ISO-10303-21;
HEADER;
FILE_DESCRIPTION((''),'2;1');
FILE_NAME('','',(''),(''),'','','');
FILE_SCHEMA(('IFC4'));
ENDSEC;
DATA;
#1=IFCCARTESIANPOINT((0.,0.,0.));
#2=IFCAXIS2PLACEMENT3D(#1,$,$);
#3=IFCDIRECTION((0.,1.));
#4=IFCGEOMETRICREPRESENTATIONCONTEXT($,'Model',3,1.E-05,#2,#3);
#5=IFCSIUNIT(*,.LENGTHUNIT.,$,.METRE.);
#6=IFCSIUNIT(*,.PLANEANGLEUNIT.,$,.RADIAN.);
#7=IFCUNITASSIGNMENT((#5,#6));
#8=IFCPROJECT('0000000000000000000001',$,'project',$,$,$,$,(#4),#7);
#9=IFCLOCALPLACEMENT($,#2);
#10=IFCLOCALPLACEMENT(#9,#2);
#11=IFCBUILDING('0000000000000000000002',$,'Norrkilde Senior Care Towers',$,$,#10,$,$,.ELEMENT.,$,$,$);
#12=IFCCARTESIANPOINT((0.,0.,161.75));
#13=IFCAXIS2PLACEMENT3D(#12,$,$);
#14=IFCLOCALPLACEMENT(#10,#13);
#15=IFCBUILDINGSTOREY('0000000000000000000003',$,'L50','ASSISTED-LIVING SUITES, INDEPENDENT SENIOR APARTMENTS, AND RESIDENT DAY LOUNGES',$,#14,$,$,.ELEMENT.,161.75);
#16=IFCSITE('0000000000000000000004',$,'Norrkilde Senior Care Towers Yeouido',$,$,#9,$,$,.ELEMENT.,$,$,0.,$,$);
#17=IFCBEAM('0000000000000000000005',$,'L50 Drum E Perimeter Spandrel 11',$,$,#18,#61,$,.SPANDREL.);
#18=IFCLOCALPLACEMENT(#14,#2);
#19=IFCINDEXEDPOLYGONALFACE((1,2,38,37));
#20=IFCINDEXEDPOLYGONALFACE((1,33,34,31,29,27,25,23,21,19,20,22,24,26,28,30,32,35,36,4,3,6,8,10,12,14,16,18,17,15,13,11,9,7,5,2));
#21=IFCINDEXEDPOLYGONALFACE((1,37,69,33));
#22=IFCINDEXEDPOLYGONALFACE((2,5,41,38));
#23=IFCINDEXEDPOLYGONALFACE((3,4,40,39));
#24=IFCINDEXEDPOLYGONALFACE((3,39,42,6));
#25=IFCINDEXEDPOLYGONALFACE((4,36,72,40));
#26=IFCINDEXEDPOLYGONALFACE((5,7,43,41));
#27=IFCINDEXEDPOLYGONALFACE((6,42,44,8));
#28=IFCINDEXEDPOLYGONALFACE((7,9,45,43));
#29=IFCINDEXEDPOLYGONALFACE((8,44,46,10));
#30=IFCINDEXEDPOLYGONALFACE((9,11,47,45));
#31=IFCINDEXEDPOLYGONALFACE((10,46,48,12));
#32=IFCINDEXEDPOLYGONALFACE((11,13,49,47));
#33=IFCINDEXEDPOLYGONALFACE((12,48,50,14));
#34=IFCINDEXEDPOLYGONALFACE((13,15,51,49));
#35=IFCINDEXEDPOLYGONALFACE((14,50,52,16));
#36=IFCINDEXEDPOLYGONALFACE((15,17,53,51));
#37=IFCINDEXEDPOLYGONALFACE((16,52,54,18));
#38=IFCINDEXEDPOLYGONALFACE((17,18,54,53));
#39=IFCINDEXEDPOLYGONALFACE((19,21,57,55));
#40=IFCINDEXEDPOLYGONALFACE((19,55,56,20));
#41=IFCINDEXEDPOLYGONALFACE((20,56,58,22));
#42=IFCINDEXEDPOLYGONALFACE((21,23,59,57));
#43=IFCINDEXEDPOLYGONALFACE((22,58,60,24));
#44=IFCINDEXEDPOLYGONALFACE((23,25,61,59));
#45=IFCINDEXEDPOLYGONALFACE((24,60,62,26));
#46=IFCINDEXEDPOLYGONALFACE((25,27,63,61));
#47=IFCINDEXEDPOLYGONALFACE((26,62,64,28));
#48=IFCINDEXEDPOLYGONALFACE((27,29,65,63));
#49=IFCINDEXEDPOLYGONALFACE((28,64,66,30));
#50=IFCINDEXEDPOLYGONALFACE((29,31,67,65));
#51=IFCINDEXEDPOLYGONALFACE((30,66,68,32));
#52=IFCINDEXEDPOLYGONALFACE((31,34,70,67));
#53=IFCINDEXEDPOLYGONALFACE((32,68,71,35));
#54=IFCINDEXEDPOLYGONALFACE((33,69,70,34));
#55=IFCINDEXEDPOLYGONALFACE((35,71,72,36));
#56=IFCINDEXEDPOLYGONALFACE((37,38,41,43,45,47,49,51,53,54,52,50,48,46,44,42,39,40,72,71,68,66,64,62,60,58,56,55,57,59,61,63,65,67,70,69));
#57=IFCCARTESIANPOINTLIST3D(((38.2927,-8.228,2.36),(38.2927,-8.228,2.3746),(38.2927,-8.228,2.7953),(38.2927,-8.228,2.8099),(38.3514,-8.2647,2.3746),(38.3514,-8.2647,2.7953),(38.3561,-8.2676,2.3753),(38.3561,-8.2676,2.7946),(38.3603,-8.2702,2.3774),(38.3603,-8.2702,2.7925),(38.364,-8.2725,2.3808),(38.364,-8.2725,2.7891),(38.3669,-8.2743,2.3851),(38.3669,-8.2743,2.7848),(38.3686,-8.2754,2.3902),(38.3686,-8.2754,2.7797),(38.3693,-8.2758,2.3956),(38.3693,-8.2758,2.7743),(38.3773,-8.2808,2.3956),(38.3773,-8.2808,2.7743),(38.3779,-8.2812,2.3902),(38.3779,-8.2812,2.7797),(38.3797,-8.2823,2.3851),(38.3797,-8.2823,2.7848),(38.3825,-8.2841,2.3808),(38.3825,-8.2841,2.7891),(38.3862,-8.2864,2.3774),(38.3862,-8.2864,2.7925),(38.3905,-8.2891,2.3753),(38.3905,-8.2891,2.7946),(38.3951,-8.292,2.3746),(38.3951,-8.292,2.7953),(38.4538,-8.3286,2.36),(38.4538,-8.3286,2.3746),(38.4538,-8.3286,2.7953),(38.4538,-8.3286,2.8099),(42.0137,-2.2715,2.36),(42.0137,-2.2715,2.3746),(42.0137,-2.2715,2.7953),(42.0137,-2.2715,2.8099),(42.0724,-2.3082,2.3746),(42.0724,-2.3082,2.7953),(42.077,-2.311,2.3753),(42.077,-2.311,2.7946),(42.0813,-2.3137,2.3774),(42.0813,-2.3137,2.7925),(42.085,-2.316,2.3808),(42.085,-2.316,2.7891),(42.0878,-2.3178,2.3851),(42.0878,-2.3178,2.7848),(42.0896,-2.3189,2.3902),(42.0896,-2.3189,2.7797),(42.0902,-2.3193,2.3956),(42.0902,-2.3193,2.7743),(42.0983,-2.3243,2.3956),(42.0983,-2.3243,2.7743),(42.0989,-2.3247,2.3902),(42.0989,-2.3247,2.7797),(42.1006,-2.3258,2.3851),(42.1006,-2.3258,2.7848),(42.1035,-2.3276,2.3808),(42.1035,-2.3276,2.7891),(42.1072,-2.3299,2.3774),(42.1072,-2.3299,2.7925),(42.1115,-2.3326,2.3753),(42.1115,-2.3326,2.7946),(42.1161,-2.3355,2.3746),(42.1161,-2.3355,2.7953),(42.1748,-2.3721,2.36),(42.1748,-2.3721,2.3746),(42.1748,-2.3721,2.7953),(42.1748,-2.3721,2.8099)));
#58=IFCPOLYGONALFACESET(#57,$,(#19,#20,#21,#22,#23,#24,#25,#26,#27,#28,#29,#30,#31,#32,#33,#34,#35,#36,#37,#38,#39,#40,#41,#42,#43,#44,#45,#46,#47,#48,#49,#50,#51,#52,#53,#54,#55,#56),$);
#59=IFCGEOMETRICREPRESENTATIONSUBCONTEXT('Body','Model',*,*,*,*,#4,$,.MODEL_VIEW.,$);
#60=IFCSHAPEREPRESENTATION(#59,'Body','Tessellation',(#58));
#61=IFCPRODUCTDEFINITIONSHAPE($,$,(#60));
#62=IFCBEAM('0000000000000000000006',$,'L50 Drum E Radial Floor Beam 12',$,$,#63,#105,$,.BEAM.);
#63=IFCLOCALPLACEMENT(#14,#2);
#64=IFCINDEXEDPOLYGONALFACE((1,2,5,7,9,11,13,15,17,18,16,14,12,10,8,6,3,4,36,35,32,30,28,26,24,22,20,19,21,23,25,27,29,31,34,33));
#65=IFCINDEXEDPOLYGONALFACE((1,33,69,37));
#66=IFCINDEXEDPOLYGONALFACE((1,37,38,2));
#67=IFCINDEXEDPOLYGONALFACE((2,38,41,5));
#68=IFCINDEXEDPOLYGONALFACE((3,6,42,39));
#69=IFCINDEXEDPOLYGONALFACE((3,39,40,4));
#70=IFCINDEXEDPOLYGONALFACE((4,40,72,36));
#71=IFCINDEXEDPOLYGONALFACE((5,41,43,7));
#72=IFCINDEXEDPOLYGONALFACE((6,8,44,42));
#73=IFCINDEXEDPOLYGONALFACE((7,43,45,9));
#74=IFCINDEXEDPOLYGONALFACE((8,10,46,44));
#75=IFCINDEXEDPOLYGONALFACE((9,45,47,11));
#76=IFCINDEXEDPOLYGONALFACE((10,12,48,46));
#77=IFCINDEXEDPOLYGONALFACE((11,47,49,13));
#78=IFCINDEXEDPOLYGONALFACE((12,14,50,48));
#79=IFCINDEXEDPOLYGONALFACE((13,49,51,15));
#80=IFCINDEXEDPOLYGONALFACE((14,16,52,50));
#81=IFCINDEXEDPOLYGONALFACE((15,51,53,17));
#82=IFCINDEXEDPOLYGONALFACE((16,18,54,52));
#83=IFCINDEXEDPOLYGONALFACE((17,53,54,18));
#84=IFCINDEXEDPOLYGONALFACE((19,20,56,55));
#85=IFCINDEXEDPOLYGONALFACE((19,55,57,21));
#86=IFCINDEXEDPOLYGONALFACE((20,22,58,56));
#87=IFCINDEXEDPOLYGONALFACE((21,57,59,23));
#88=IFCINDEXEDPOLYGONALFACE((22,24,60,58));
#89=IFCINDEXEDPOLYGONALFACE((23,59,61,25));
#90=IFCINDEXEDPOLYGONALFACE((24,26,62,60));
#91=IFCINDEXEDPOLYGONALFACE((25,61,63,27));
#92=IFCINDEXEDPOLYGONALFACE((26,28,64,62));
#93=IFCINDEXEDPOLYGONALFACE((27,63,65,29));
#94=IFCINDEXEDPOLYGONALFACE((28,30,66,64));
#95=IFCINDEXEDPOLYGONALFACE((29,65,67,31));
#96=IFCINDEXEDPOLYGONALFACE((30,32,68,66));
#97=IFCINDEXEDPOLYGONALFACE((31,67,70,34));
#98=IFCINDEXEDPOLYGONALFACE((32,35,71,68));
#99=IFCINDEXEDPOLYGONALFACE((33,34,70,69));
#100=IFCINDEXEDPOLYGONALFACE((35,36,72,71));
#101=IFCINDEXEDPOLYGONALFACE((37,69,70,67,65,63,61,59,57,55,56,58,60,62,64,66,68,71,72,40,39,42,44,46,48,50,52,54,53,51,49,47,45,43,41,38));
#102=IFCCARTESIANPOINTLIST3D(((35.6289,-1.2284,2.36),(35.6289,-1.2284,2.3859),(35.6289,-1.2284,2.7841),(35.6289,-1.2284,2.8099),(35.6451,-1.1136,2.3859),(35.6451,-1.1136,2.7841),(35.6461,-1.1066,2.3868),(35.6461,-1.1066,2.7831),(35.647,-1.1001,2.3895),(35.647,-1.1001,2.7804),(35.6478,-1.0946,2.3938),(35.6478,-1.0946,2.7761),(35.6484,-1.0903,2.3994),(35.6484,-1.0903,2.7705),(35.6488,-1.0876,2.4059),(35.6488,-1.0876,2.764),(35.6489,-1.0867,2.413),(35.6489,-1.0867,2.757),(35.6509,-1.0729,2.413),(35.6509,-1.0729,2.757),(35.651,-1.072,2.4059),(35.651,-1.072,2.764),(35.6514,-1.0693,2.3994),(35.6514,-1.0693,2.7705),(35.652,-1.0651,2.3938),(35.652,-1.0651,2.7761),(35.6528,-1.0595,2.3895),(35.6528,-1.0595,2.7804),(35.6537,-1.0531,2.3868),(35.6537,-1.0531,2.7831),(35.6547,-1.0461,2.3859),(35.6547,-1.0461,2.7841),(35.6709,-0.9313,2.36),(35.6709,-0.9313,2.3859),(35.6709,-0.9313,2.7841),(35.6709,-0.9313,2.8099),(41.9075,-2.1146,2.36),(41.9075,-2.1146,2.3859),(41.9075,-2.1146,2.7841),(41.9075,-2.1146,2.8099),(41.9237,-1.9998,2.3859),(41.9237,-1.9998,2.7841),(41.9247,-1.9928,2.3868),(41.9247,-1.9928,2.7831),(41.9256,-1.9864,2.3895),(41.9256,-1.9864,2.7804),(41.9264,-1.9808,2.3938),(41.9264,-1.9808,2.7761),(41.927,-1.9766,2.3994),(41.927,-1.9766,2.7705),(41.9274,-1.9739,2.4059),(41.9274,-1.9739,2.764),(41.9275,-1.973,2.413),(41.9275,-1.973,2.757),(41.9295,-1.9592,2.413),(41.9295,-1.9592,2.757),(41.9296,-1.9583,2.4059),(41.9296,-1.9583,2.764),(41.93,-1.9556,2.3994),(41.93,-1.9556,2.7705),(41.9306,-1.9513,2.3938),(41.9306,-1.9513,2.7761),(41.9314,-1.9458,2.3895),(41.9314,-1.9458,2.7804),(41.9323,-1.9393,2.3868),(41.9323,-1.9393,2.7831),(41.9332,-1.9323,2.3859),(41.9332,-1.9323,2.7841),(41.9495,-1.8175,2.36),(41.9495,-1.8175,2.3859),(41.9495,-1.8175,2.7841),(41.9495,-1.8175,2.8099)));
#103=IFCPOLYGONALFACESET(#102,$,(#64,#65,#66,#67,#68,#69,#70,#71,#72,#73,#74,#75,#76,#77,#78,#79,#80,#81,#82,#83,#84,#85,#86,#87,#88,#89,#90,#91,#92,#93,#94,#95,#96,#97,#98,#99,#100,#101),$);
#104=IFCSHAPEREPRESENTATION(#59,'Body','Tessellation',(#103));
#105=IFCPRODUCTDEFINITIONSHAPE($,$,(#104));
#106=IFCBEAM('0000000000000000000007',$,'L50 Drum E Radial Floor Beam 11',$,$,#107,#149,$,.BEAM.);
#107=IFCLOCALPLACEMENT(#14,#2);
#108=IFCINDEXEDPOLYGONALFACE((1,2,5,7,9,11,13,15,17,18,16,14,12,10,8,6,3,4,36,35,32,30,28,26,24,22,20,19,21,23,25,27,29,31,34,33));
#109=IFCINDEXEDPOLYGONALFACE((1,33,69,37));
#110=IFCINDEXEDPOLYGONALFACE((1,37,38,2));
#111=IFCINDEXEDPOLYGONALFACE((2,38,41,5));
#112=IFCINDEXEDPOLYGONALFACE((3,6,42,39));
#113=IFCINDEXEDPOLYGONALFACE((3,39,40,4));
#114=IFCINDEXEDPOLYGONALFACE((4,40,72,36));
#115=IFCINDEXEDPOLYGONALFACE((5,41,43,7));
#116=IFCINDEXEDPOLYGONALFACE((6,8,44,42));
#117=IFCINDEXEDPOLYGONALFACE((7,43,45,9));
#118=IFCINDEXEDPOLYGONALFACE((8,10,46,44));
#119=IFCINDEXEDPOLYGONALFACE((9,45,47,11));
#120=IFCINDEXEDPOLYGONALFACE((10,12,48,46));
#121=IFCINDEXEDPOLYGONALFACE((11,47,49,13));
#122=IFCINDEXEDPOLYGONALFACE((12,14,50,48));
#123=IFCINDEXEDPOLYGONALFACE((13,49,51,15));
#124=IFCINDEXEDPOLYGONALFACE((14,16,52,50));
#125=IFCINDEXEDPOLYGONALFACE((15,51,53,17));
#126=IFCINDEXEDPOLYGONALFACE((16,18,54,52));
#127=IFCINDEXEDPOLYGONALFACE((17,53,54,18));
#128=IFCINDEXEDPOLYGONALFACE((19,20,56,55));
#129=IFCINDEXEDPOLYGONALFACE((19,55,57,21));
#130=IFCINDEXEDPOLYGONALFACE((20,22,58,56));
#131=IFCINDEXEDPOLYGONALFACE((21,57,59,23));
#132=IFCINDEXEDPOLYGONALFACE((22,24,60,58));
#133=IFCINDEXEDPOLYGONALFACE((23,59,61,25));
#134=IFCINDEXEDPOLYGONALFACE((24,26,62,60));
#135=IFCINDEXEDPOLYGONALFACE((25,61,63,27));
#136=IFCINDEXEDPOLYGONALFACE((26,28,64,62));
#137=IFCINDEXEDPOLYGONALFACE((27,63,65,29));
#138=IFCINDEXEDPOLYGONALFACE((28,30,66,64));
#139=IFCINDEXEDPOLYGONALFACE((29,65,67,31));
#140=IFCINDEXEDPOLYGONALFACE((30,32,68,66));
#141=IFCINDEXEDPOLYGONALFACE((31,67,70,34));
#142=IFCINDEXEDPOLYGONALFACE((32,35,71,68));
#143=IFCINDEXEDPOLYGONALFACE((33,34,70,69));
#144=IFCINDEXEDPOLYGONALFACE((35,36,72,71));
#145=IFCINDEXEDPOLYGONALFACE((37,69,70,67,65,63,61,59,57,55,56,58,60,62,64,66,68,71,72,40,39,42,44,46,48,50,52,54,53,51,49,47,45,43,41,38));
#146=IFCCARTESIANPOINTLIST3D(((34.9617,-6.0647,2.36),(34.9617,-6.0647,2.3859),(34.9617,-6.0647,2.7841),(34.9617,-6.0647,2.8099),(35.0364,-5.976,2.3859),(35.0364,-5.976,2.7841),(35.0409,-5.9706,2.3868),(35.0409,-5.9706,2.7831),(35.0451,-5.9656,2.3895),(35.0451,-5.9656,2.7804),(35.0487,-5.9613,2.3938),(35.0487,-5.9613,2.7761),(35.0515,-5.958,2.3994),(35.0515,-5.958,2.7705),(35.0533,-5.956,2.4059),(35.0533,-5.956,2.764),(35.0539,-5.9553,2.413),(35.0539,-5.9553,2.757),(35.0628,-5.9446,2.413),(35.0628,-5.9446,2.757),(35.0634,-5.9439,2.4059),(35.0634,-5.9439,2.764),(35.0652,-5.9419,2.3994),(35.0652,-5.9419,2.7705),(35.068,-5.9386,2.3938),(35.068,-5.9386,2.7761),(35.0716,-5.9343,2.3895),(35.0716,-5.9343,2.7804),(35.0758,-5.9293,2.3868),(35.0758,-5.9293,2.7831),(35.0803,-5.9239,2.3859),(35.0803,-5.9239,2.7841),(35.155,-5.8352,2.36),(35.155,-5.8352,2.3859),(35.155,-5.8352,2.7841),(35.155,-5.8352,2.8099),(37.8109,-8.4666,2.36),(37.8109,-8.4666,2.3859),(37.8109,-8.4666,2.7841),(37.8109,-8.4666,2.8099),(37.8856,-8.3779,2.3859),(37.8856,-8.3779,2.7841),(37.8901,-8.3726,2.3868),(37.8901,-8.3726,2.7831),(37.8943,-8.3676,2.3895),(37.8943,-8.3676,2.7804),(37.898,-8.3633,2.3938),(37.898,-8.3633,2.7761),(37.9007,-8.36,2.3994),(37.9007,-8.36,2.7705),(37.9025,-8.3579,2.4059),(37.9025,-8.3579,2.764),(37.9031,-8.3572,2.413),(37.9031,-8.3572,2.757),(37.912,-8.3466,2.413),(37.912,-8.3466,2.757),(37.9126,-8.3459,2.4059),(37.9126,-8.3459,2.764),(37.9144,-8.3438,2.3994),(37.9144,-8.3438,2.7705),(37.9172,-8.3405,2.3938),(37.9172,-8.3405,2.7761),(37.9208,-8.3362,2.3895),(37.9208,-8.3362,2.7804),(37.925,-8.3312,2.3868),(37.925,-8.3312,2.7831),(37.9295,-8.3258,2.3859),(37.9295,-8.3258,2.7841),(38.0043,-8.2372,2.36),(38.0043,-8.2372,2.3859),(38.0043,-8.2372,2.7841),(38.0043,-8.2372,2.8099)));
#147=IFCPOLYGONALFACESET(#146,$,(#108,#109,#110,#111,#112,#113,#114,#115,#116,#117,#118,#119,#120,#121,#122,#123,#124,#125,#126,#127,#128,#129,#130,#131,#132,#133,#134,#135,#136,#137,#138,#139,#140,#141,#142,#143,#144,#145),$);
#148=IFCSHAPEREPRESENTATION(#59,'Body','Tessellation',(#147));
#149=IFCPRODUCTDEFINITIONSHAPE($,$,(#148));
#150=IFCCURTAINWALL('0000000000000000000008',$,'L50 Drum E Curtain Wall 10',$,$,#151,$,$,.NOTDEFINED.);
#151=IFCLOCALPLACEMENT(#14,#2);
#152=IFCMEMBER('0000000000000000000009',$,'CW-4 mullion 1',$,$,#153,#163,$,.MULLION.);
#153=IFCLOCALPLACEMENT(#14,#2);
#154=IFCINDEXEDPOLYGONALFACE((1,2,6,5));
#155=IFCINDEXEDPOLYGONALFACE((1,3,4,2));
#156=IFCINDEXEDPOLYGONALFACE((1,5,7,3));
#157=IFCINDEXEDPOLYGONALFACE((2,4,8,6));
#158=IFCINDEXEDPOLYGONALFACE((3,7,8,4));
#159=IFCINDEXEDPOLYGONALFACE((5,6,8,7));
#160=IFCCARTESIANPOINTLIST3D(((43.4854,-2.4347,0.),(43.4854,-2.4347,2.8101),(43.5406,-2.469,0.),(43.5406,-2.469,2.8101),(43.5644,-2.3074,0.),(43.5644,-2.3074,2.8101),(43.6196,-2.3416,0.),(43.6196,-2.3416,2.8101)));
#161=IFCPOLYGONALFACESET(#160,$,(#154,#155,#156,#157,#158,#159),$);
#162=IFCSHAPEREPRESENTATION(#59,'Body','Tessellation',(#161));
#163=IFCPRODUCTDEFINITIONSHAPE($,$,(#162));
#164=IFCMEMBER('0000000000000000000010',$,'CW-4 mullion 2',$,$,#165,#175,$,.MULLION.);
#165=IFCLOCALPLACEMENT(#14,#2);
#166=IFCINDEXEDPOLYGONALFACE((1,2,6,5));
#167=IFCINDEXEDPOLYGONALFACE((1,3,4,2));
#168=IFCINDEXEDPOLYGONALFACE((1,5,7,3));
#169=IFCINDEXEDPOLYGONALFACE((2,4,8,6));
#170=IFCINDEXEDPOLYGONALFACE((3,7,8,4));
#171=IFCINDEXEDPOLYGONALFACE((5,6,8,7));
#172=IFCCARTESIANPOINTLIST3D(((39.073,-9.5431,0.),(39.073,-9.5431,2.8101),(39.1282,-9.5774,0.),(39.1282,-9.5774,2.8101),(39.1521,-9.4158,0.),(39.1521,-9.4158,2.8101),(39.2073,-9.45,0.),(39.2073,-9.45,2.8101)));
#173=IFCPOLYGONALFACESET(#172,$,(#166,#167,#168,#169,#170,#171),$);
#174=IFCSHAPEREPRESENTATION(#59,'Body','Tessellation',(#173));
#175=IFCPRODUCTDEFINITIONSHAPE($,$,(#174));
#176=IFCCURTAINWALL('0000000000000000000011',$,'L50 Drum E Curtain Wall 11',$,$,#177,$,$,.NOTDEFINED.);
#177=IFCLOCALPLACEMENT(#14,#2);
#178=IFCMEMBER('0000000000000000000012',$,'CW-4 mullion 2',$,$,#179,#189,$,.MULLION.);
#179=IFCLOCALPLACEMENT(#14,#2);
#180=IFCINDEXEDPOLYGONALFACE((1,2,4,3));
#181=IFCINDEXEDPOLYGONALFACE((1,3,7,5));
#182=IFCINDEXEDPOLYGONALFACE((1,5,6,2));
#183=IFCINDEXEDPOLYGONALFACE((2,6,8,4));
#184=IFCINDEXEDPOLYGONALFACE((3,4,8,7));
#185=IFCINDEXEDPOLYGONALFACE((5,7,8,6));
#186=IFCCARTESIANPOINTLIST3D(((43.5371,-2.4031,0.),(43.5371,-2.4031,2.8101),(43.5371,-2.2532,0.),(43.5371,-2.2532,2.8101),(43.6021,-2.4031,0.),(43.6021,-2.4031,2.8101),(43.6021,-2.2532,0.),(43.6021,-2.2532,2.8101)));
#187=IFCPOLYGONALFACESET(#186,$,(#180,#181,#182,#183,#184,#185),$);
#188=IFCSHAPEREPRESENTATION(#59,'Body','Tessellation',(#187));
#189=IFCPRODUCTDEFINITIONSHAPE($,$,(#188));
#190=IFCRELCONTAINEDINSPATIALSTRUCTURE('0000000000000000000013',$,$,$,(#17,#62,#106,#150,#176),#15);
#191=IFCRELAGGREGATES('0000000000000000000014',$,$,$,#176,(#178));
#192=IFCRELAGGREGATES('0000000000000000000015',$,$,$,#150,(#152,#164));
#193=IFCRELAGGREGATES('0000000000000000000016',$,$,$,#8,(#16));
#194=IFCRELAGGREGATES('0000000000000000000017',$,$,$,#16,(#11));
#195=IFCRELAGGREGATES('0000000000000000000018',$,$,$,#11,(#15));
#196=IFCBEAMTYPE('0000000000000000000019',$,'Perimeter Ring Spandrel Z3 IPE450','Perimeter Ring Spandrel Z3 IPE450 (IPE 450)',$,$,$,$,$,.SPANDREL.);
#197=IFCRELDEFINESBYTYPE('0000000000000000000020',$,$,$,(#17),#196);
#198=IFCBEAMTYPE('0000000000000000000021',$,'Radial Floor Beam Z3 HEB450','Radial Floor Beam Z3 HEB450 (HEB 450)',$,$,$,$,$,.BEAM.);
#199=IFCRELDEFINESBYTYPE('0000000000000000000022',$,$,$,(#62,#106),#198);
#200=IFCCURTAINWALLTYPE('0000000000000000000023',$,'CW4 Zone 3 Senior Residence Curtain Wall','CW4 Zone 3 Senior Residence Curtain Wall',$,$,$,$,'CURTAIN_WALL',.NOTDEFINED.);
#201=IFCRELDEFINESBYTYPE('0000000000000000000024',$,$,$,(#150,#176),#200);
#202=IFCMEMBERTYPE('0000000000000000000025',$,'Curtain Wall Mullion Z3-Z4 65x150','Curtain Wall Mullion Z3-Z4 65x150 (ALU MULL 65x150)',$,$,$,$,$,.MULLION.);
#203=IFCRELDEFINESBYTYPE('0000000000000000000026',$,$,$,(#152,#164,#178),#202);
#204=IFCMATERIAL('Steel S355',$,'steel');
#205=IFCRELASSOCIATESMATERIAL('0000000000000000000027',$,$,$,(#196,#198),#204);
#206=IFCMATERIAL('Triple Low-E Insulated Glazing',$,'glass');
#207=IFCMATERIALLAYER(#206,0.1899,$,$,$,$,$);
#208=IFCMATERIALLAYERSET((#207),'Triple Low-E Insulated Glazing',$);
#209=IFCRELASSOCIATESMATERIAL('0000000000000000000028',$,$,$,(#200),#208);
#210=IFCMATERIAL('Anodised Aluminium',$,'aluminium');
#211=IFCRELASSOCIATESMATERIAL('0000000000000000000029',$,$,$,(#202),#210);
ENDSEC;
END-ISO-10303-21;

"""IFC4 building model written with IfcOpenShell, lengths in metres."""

from ifc_helpers import new_model, si_unit, direction, frame, origin, origin_2d, place, context, subcontext, project, spatial, rectangle, i_section, extrude, source, transform, mapped, material, layer, layer_set, material_profile, profile_set, type_object, type_shapes, element, aggregate, save


model = new_model("IFC4")

# Units and contexts
model_context = context("Model", 3, precision=1e-05, world=origin(), true_north=direction((0.0, 1.0)))
body_context = subcontext(model_context, "Body", "Model", "MODEL_VIEW")
ifc_project = project(units=[si_unit("LENGTHUNIT", "METRE"), si_unit("PLANEANGLEUNIT", "RADIAN")], contexts=[model_context])

# Site, building, storey
site_placement = place(None, origin())
site = spatial("IfcSite", under=ifc_project, at=site_placement, Name="Norrkilde Senior Care Towers Yeouido", CompositionType="ELEMENT", RefElevation=0.0)
building_placement = place(site_placement, origin())
building = spatial("IfcBuilding", under=site, at=building_placement, Name="Norrkilde Senior Care Towers", CompositionType="ELEMENT")
storey_placement = place(building_placement, frame((0.0, 0.0, 161.75)))
storey = spatial("IfcBuildingStorey", under=building, at=storey_placement, Name="L50", Description="ASSISTED-LIVING SUITES, INDEPENDENT SENIOR APARTMENTS, AND RESIDENT DAY LOUNGES", CompositionType="ELEMENT", Elevation=161.75)

# Beams
ifc_material_1 = material(Name="Steel S355", Category="steel")
ifc_material_profile_1 = material_profile(ifc_material_1, i_section(OverallWidth=0.1899, OverallDepth=0.45, WebThickness=0.0095, FlangeThickness=0.0146, FilletRadius=0.021, at=origin_2d()), Name="IPE 450")
ifc_profile_set_1 = profile_set([ifc_material_profile_1], Name="Steel S355")
beam_type_1 = type_object("IfcBeamType", Name="Perimeter Ring Spandrel Z3 IPE450", Description="Perimeter Ring Spandrel Z3 IPE450 (IPE 450)", PredefinedType="SPANDREL", material=ifc_profile_set_1)
shared_shape_1 = source(origin(), body_context, "Body", "SweptSolid", [
    extrude(i_section(OverallWidth=0.1899, OverallDepth=0.45, WebThickness=0.0095, FlangeThickness=0.0146, FilletRadius=0.021, at=origin_2d()), origin(), (0.0, 0.0, 1.0), 7.0232),
])
beam_1_placement = place(storey_placement, frame((38.3733, -8.2783, 2.585), z_axis=(0.529805, 0.848119, 0.0), x_axis=(-0.848119, 0.529805, 0.0)))
element("IfcBeam", 1, at=beam_1_placement, inside=storey, type_object=beam_type_1, Name="L50 Drum E Perimeter Spandrel 11", PredefinedType="SPANDREL", context=body_context, shape_type="MappedRepresentation", body=[
    mapped(shared_shape_1, transform((0.0, 0.0, 0.0), x_axis=(1.0, 0.0, 0.0), y_axis=(0.0, 1.0, 0.0), z_axis=(0.0, 0.0, 1.0), scale=1.0)),
])
ifc_material_profile_2 = material_profile(ifc_material_1, i_section(OverallWidth=0.3, OverallDepth=0.45, WebThickness=0.0139, FlangeThickness=0.0259, FilletRadius=0.0271, at=origin_2d()), Name="HEB 450")
ifc_profile_set_2 = profile_set([ifc_material_profile_2], Name="Steel S355")
beam_type_2 = type_object("IfcBeamType", Name="Radial Floor Beam Z3 HEB450", Description="Radial Floor Beam Z3 HEB450 (HEB 450)", PredefinedType="BEAM", material=ifc_profile_set_2)
shared_shape_2 = source(origin(), body_context, "Body", "SweptSolid", [
    extrude(i_section(OverallWidth=0.3, OverallDepth=0.45, WebThickness=0.0139, FlangeThickness=0.0259, FilletRadius=0.0271, at=origin_2d()), origin(), (0.0, 0.0, 1.0), 6.3408),
])
beam_2_placement = place(storey_placement, frame((35.6499, -1.0798, 2.585), z_axis=(0.990185, -0.139766, 0.0), x_axis=(0.139766, 0.990185, 0.0)))
element("IfcBeam", 2, at=beam_2_placement, inside=storey, type_object=beam_type_2, Name="L50 Drum E Radial Floor Beam 12", PredefinedType="BEAM", context=body_context, shape_type="MappedRepresentation", body=[
    mapped(shared_shape_2, transform((0.0, 0.0, 0.0), x_axis=(1.0, 0.0, 0.0), y_axis=(0.0, 1.0, 0.0), z_axis=(0.0, 0.0, 1.0), scale=1.0)),
])
shared_shape_3 = source(origin(), body_context, "Body", "SweptSolid", [
    extrude(i_section(OverallWidth=0.3, OverallDepth=0.45, WebThickness=0.0139, FlangeThickness=0.0259, FilletRadius=0.0271, at=origin_2d()), origin(), (0.0, 0.0, 1.0), 3.7266),
])
type_shapes(beam_type_2, [shared_shape_2, shared_shape_3])
beam_3_placement = place(storey_placement, frame((35.0583, -5.95, 2.585), z_axis=(0.764568, -0.644543, 0.0), x_axis=(0.644543, 0.764568, 0.0)))
element("IfcBeam", 3, at=beam_3_placement, inside=storey, type_object=beam_type_2, Name="L50 Drum E Radial Floor Beam 11", PredefinedType="BEAM", context=body_context, shape_type="MappedRepresentation", body=[
    mapped(shared_shape_3, transform((0.0, 0.0, 0.0), x_axis=(1.0, 0.0, 0.0), y_axis=(0.0, 1.0, 0.0), z_axis=(0.0, 0.0, 1.0), scale=1.0)),
])

# Curtain wall, members
ifc_material_2 = material(Name="Triple Low-E Insulated Glazing", Category="glass")
ifc_layer_1 = layer(ifc_material_2, 0.1899)
ifc_layer_set_1 = layer_set([ifc_layer_1], Name="Triple Low-E Insulated Glazing")
curtain_wall_type = type_object("IfcCurtainWallType", Name="CW4 Zone 3 Senior Residence Curtain Wall", Description="CW4 Zone 3 Senior Residence Curtain Wall", ElementType="CURTAIN_WALL", PredefinedType="NOTDEFINED", material=ifc_layer_set_1)
curtain_wall_1_placement = place(storey_placement, origin())
curtain_wall_1 = element("IfcCurtainWall", 4, at=curtain_wall_1_placement, inside=storey, type_object=curtain_wall_type, Name="L50 Drum E Curtain Wall 10", PredefinedType="NOTDEFINED")
ifc_material_3 = material(Name="Anodised Aluminium", Category="aluminium")
ifc_material_profile_3 = material_profile(ifc_material_3, rectangle(XDim=0.0649, YDim=0.1499, at=origin_2d()), Name="ALU MULL 65x150")
ifc_profile_set_3 = profile_set([ifc_material_profile_3], Name="Anodised Aluminium")
member_type_1 = type_object("IfcMemberType", Name="Curtain Wall Mullion Z3-Z4 65x150", Description="Curtain Wall Mullion Z3-Z4 65x150 (ALU MULL 65x150)", PredefinedType="MULLION", material=ifc_profile_set_3)
shared_shape_4 = source(origin(), body_context, "Body", "SweptSolid", [
    extrude(rectangle(XDim=0.0649, YDim=0.1499, at=origin_2d()), origin(), (0.0, 0.0, 1.0), 2.8101),
])
type_shapes(member_type_1, [shared_shape_4])
member_1_placement = place(storey_placement, frame((43.5525, -2.3882, 0.0), z_axis=(0.0, 0.0, 1.0), x_axis=(0.849634, -0.527373, 0.0)))
member_1 = element("IfcMember", 5, at=member_1_placement, type_object=member_type_1, Name="CW-4 mullion 1", PredefinedType="MULLION", context=body_context, shape_type="MappedRepresentation", body=[
    mapped(shared_shape_4, transform((0.0, 0.0, 0.0), x_axis=(1.0, 0.0, 0.0), y_axis=(0.0, 1.0, 0.0), z_axis=(0.0, 0.0, 1.0), scale=1.0)),
])
member_2_placement = place(storey_placement, frame((39.1401, -9.4966, 0.0), z_axis=(0.0, 0.0, 1.0), x_axis=(0.849634, -0.527373, 0.0)))
member_2 = element("IfcMember", 6, at=member_2_placement, type_object=member_type_1, Name="CW-4 mullion 2", PredefinedType="MULLION", context=body_context, shape_type="MappedRepresentation", body=[
    mapped(shared_shape_4, transform((0.0, 0.0, 0.0), x_axis=(1.0, 0.0, 0.0), y_axis=(0.0, 1.0, 0.0), z_axis=(0.0, 0.0, 1.0), scale=1.0)),
])

# Curtain wall, member
curtain_wall_2_placement = place(storey_placement, origin())
curtain_wall_2 = element("IfcCurtainWall", 7, at=curtain_wall_2_placement, inside=storey, type_object=curtain_wall_type, Name="L50 Drum E Curtain Wall 11", PredefinedType="NOTDEFINED")
member_3_placement = place(storey_placement, frame((43.5696, -2.3281, 0.0), z_axis=(0.0, 0.0, 1.0), x_axis=(1.0, 0.0, 0.0)))
member_3 = element("IfcMember", 8, at=member_3_placement, type_object=member_type_1, Name="CW-4 mullion 2", PredefinedType="MULLION", context=body_context, shape_type="MappedRepresentation", body=[
    mapped(shared_shape_4, transform((0.0, 0.0, 0.0), x_axis=(1.0, 0.0, 0.0), y_axis=(0.0, 1.0, 0.0), z_axis=(0.0, 0.0, 1.0), scale=1.0)),
])
aggregate(curtain_wall_2, [member_3])

aggregate(curtain_wall_1, [member_1, member_2])

save(model, "model.ifc")
